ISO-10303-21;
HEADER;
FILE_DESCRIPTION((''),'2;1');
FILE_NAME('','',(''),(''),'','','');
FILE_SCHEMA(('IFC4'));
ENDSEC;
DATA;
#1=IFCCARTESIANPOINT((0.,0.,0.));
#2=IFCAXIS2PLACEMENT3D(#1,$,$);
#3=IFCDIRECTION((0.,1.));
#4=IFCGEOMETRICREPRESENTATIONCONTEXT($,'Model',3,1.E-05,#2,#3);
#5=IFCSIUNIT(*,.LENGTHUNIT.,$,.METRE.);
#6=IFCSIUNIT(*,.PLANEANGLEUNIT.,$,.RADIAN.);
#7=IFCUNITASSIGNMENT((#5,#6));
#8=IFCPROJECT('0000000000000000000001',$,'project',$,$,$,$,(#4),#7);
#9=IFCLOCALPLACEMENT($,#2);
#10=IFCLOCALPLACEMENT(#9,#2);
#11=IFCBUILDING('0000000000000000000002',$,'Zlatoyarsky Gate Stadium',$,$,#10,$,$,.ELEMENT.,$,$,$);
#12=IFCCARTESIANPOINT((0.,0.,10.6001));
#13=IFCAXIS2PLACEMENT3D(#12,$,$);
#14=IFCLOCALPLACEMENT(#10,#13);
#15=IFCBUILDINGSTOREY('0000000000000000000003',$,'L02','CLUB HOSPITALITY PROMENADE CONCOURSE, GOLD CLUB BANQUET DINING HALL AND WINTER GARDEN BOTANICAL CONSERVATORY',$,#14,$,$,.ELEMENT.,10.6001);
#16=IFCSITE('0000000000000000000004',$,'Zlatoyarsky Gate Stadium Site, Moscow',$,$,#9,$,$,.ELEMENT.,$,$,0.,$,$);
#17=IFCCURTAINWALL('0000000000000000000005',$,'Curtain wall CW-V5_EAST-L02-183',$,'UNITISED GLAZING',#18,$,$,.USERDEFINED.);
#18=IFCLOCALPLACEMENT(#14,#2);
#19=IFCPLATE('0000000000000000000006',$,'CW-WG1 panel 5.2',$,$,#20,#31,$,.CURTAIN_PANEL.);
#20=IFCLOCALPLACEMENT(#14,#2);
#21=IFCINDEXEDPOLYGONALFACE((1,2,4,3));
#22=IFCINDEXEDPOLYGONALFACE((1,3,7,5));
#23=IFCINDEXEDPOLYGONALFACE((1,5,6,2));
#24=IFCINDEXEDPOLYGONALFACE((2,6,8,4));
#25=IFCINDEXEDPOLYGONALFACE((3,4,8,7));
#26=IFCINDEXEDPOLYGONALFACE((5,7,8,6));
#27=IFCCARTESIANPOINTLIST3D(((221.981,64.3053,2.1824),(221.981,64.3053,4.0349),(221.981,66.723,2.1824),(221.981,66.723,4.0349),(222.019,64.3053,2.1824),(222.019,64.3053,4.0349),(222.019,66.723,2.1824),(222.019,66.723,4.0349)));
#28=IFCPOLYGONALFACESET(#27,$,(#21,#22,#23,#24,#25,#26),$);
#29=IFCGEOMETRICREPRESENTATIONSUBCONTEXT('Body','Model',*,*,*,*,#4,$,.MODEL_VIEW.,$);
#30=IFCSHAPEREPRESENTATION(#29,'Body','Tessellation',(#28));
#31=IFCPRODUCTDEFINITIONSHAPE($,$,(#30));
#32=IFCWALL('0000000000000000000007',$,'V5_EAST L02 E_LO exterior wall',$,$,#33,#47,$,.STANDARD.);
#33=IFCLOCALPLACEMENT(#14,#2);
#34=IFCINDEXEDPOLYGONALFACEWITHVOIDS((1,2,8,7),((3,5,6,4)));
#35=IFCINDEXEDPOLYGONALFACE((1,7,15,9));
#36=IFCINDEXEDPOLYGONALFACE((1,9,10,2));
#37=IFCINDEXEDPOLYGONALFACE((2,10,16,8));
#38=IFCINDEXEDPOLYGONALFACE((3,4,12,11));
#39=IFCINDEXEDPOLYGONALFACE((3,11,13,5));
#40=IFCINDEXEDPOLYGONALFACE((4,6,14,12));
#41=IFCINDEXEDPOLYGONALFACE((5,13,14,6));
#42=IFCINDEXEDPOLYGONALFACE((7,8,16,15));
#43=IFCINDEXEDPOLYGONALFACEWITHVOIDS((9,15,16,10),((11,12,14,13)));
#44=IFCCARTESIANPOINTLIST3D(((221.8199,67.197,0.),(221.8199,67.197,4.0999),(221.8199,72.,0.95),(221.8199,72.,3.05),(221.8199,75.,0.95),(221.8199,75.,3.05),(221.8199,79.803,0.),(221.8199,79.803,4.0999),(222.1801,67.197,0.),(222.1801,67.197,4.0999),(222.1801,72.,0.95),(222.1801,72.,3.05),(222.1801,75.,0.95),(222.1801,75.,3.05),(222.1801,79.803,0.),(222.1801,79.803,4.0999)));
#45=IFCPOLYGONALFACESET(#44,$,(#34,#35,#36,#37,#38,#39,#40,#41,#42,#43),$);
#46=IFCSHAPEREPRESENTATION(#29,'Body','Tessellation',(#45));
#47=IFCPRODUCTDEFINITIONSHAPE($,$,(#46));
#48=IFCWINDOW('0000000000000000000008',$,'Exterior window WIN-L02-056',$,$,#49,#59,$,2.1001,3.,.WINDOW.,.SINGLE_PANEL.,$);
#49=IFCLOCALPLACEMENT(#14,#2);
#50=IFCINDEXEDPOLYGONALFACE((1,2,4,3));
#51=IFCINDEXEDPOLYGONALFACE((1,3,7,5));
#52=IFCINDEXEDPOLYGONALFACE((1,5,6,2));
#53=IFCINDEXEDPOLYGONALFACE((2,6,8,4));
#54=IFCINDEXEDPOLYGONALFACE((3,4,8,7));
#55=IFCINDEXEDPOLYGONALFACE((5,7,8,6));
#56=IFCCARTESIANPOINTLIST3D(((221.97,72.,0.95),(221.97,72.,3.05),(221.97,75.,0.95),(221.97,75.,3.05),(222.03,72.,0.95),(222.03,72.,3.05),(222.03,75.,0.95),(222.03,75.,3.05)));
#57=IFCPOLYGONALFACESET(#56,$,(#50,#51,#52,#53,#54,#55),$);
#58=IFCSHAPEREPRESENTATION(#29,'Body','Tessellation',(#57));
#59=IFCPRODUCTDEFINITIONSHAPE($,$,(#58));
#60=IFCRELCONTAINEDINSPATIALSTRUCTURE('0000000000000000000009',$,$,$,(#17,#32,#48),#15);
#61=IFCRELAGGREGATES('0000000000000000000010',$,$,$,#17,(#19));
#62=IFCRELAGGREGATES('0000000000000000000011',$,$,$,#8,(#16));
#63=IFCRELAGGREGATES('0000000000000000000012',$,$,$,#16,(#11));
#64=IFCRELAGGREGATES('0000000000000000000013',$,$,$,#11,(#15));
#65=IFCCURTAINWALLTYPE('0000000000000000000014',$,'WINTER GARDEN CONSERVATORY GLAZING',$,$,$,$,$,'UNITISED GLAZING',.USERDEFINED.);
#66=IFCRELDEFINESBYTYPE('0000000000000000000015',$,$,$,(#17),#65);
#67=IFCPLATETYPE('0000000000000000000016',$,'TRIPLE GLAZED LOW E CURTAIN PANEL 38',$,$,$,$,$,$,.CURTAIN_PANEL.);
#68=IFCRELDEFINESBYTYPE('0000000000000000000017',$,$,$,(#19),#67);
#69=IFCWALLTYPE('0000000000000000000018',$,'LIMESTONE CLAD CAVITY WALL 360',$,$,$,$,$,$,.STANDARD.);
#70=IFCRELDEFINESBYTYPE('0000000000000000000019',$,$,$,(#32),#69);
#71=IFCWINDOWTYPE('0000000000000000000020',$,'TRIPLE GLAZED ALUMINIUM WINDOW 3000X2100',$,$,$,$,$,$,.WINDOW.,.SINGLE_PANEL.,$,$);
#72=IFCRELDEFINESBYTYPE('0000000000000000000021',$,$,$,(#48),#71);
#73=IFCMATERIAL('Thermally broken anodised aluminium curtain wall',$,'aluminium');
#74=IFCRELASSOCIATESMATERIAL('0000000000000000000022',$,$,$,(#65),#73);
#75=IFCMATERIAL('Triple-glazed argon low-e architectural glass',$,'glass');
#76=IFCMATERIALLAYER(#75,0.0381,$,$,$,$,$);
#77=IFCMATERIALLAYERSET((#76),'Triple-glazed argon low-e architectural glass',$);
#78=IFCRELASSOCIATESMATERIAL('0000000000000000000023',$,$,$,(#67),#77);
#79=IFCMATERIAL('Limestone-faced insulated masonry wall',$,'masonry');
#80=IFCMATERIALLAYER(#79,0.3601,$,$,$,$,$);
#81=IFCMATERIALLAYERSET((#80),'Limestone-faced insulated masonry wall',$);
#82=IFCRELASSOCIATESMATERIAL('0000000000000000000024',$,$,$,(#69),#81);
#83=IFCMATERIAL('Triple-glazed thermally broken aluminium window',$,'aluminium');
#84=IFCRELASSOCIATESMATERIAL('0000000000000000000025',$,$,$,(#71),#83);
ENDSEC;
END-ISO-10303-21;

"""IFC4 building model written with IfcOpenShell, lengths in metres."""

from ifc_helpers import new_model, si_unit, direction, frame, frame_2d, origin, origin_2d, place, context, subcontext, project, spatial, rectangle, extrude, material, layer, layer_set, type_object, element, fill, aggregate, save


model = new_model("IFC4")

# Units and contexts
model_context = context("Model", 3, precision=1e-05, world=origin(), true_north=direction((0.0, 1.0)))
body_context = subcontext(model_context, "Body", "Model", "MODEL_VIEW")
ifc_project = project(units=[si_unit("LENGTHUNIT", "METRE"), si_unit("PLANEANGLEUNIT", "RADIAN")], contexts=[model_context])

# Site, building, storey
site_placement = place(None, origin())
site = spatial("IfcSite", under=ifc_project, at=site_placement, Name="Zlatoyarsky Gate Stadium Site, Moscow", CompositionType="ELEMENT", RefElevation=0.0)
building_placement = place(site_placement, origin())
building = spatial("IfcBuilding", under=site, at=building_placement, Name="Zlatoyarsky Gate Stadium", CompositionType="ELEMENT")
storey_placement = place(building_placement, frame((0.0, 0.0, 10.6001)))
storey = spatial("IfcBuildingStorey", under=building, at=storey_placement, Name="L02", Description="CLUB HOSPITALITY PROMENADE CONCOURSE, GOLD CLUB BANQUET DINING HALL AND WINTER GARDEN BOTANICAL CONSERVATORY", CompositionType="ELEMENT", Elevation=10.6001)

# Curtain wall
ifc_material_1 = material(Name="Thermally broken anodised aluminium curtain wall", Category="aluminium")
curtain_wall_type = type_object("IfcCurtainWallType", Name="WINTER GARDEN CONSERVATORY GLAZING", ElementType="UNITISED GLAZING", PredefinedType="USERDEFINED", material=ifc_material_1)
curtain_wall_placement = place(storey_placement, origin())
curtain_wall = element("IfcCurtainWall", 1, at=curtain_wall_placement, inside=storey, type_object=curtain_wall_type, Name="Curtain wall CW-V5_EAST-L02-183", ObjectType="UNITISED GLAZING", PredefinedType="USERDEFINED")

# Plate
ifc_material_2 = material(Name="Triple-glazed argon low-e architectural glass", Category="glass")
ifc_layer_1 = layer(ifc_material_2, 0.0381)
ifc_layer_set_1 = layer_set([ifc_layer_1], Name="Triple-glazed argon low-e architectural glass")
plate_type_1 = type_object("IfcPlateType", Name="TRIPLE GLAZED LOW E CURTAIN PANEL 38", PredefinedType="CURTAIN_PANEL", material=ifc_layer_set_1)
plate_1_placement = place(storey_placement, frame((222.0, 65.5142, 2.1824), z_axis=(0.0, 0.0, 1.0), x_axis=(0.0, 1.0, 0.0)))
plate_1 = element("IfcPlate", 2, at=plate_1_placement, type_object=plate_type_1, Name="CW-WG1 panel 5.2", PredefinedType="CURTAIN_PANEL", context=body_context, shape_type="SweptSolid", body=[
    extrude(rectangle(XDim=2.4177, YDim=0.0381, at=origin_2d()), origin(), (0.0, 0.0, 1.0), 1.8525),
])
aggregate(curtain_wall, [plate_1])

# Wall, opening, window
ifc_material_3 = material(Name="Limestone-faced insulated masonry wall", Category="masonry")
ifc_layer_2 = layer(ifc_material_3, 0.3601)
ifc_layer_set_2 = layer_set([ifc_layer_2], Name="Limestone-faced insulated masonry wall")
wall_type = type_object("IfcWallType", Name="LIMESTONE CLAD CAVITY WALL 360", PredefinedType="STANDARD", material=ifc_layer_set_2)
wall_placement = place(storey_placement, frame((222.0, 67.197, 0.0), z_axis=(0.0, 0.0, 1.0), x_axis=(0.0, 1.0, 0.0)))
wall = element("IfcWall", 3, at=wall_placement, inside=storey, type_object=wall_type, Name="V5_EAST L02 E_LO exterior wall", PredefinedType="STANDARD", context=body_context, shape_type="SweptSolid", body=[
    extrude(rectangle(XDim=12.606, YDim=0.3601, at=frame_2d((6.303, 0.0))), origin(), (0.0, 0.0, 1.0), 4.0999),
])
opening_placement = place(wall_placement, frame((4.803, 0.0, 0.95)))
opening = element("IfcOpeningElement", 4, at=opening_placement, cuts=wall, PredefinedType="OPENING", context=body_context, shape_type="SweptSolid", body=[
    extrude(rectangle(XDim=3.0, YDim=2.1001, at=frame_2d((1.5, 1.05))), frame((0.0, 0.1899, 0.0), z_axis=(0.0, -1.0, 0.0), x_axis=(1.0, 0.0, 0.0)), (0.0, 0.0, 1.0), 0.3801),
])
ifc_material_4 = material(Name="Triple-glazed thermally broken aluminium window", Category="aluminium")
window_type = type_object("IfcWindowType", Name="TRIPLE GLAZED ALUMINIUM WINDOW 3000X2100", PartitioningType="SINGLE_PANEL", PredefinedType="WINDOW", material=ifc_material_4)
window_placement = place(opening_placement, origin())
window = element("IfcWindow", 5, at=window_placement, inside=storey, type_object=window_type, Name="Exterior window WIN-L02-056", OverallHeight=2.1001, OverallWidth=3.0, PartitioningType="SINGLE_PANEL", PredefinedType="WINDOW", context=body_context, shape_type="SweptSolid", body=[
    extrude(rectangle(XDim=3.0, YDim=2.1001, at=frame_2d((1.5, 1.05))), frame((0.0, 0.03, 0.0), z_axis=(0.0, -1.0, 0.0), x_axis=(1.0, 0.0, 0.0)), (0.0, 0.0, 1.0), 0.0601),
])
fill(opening, window)

save(model, "model.ifc")
